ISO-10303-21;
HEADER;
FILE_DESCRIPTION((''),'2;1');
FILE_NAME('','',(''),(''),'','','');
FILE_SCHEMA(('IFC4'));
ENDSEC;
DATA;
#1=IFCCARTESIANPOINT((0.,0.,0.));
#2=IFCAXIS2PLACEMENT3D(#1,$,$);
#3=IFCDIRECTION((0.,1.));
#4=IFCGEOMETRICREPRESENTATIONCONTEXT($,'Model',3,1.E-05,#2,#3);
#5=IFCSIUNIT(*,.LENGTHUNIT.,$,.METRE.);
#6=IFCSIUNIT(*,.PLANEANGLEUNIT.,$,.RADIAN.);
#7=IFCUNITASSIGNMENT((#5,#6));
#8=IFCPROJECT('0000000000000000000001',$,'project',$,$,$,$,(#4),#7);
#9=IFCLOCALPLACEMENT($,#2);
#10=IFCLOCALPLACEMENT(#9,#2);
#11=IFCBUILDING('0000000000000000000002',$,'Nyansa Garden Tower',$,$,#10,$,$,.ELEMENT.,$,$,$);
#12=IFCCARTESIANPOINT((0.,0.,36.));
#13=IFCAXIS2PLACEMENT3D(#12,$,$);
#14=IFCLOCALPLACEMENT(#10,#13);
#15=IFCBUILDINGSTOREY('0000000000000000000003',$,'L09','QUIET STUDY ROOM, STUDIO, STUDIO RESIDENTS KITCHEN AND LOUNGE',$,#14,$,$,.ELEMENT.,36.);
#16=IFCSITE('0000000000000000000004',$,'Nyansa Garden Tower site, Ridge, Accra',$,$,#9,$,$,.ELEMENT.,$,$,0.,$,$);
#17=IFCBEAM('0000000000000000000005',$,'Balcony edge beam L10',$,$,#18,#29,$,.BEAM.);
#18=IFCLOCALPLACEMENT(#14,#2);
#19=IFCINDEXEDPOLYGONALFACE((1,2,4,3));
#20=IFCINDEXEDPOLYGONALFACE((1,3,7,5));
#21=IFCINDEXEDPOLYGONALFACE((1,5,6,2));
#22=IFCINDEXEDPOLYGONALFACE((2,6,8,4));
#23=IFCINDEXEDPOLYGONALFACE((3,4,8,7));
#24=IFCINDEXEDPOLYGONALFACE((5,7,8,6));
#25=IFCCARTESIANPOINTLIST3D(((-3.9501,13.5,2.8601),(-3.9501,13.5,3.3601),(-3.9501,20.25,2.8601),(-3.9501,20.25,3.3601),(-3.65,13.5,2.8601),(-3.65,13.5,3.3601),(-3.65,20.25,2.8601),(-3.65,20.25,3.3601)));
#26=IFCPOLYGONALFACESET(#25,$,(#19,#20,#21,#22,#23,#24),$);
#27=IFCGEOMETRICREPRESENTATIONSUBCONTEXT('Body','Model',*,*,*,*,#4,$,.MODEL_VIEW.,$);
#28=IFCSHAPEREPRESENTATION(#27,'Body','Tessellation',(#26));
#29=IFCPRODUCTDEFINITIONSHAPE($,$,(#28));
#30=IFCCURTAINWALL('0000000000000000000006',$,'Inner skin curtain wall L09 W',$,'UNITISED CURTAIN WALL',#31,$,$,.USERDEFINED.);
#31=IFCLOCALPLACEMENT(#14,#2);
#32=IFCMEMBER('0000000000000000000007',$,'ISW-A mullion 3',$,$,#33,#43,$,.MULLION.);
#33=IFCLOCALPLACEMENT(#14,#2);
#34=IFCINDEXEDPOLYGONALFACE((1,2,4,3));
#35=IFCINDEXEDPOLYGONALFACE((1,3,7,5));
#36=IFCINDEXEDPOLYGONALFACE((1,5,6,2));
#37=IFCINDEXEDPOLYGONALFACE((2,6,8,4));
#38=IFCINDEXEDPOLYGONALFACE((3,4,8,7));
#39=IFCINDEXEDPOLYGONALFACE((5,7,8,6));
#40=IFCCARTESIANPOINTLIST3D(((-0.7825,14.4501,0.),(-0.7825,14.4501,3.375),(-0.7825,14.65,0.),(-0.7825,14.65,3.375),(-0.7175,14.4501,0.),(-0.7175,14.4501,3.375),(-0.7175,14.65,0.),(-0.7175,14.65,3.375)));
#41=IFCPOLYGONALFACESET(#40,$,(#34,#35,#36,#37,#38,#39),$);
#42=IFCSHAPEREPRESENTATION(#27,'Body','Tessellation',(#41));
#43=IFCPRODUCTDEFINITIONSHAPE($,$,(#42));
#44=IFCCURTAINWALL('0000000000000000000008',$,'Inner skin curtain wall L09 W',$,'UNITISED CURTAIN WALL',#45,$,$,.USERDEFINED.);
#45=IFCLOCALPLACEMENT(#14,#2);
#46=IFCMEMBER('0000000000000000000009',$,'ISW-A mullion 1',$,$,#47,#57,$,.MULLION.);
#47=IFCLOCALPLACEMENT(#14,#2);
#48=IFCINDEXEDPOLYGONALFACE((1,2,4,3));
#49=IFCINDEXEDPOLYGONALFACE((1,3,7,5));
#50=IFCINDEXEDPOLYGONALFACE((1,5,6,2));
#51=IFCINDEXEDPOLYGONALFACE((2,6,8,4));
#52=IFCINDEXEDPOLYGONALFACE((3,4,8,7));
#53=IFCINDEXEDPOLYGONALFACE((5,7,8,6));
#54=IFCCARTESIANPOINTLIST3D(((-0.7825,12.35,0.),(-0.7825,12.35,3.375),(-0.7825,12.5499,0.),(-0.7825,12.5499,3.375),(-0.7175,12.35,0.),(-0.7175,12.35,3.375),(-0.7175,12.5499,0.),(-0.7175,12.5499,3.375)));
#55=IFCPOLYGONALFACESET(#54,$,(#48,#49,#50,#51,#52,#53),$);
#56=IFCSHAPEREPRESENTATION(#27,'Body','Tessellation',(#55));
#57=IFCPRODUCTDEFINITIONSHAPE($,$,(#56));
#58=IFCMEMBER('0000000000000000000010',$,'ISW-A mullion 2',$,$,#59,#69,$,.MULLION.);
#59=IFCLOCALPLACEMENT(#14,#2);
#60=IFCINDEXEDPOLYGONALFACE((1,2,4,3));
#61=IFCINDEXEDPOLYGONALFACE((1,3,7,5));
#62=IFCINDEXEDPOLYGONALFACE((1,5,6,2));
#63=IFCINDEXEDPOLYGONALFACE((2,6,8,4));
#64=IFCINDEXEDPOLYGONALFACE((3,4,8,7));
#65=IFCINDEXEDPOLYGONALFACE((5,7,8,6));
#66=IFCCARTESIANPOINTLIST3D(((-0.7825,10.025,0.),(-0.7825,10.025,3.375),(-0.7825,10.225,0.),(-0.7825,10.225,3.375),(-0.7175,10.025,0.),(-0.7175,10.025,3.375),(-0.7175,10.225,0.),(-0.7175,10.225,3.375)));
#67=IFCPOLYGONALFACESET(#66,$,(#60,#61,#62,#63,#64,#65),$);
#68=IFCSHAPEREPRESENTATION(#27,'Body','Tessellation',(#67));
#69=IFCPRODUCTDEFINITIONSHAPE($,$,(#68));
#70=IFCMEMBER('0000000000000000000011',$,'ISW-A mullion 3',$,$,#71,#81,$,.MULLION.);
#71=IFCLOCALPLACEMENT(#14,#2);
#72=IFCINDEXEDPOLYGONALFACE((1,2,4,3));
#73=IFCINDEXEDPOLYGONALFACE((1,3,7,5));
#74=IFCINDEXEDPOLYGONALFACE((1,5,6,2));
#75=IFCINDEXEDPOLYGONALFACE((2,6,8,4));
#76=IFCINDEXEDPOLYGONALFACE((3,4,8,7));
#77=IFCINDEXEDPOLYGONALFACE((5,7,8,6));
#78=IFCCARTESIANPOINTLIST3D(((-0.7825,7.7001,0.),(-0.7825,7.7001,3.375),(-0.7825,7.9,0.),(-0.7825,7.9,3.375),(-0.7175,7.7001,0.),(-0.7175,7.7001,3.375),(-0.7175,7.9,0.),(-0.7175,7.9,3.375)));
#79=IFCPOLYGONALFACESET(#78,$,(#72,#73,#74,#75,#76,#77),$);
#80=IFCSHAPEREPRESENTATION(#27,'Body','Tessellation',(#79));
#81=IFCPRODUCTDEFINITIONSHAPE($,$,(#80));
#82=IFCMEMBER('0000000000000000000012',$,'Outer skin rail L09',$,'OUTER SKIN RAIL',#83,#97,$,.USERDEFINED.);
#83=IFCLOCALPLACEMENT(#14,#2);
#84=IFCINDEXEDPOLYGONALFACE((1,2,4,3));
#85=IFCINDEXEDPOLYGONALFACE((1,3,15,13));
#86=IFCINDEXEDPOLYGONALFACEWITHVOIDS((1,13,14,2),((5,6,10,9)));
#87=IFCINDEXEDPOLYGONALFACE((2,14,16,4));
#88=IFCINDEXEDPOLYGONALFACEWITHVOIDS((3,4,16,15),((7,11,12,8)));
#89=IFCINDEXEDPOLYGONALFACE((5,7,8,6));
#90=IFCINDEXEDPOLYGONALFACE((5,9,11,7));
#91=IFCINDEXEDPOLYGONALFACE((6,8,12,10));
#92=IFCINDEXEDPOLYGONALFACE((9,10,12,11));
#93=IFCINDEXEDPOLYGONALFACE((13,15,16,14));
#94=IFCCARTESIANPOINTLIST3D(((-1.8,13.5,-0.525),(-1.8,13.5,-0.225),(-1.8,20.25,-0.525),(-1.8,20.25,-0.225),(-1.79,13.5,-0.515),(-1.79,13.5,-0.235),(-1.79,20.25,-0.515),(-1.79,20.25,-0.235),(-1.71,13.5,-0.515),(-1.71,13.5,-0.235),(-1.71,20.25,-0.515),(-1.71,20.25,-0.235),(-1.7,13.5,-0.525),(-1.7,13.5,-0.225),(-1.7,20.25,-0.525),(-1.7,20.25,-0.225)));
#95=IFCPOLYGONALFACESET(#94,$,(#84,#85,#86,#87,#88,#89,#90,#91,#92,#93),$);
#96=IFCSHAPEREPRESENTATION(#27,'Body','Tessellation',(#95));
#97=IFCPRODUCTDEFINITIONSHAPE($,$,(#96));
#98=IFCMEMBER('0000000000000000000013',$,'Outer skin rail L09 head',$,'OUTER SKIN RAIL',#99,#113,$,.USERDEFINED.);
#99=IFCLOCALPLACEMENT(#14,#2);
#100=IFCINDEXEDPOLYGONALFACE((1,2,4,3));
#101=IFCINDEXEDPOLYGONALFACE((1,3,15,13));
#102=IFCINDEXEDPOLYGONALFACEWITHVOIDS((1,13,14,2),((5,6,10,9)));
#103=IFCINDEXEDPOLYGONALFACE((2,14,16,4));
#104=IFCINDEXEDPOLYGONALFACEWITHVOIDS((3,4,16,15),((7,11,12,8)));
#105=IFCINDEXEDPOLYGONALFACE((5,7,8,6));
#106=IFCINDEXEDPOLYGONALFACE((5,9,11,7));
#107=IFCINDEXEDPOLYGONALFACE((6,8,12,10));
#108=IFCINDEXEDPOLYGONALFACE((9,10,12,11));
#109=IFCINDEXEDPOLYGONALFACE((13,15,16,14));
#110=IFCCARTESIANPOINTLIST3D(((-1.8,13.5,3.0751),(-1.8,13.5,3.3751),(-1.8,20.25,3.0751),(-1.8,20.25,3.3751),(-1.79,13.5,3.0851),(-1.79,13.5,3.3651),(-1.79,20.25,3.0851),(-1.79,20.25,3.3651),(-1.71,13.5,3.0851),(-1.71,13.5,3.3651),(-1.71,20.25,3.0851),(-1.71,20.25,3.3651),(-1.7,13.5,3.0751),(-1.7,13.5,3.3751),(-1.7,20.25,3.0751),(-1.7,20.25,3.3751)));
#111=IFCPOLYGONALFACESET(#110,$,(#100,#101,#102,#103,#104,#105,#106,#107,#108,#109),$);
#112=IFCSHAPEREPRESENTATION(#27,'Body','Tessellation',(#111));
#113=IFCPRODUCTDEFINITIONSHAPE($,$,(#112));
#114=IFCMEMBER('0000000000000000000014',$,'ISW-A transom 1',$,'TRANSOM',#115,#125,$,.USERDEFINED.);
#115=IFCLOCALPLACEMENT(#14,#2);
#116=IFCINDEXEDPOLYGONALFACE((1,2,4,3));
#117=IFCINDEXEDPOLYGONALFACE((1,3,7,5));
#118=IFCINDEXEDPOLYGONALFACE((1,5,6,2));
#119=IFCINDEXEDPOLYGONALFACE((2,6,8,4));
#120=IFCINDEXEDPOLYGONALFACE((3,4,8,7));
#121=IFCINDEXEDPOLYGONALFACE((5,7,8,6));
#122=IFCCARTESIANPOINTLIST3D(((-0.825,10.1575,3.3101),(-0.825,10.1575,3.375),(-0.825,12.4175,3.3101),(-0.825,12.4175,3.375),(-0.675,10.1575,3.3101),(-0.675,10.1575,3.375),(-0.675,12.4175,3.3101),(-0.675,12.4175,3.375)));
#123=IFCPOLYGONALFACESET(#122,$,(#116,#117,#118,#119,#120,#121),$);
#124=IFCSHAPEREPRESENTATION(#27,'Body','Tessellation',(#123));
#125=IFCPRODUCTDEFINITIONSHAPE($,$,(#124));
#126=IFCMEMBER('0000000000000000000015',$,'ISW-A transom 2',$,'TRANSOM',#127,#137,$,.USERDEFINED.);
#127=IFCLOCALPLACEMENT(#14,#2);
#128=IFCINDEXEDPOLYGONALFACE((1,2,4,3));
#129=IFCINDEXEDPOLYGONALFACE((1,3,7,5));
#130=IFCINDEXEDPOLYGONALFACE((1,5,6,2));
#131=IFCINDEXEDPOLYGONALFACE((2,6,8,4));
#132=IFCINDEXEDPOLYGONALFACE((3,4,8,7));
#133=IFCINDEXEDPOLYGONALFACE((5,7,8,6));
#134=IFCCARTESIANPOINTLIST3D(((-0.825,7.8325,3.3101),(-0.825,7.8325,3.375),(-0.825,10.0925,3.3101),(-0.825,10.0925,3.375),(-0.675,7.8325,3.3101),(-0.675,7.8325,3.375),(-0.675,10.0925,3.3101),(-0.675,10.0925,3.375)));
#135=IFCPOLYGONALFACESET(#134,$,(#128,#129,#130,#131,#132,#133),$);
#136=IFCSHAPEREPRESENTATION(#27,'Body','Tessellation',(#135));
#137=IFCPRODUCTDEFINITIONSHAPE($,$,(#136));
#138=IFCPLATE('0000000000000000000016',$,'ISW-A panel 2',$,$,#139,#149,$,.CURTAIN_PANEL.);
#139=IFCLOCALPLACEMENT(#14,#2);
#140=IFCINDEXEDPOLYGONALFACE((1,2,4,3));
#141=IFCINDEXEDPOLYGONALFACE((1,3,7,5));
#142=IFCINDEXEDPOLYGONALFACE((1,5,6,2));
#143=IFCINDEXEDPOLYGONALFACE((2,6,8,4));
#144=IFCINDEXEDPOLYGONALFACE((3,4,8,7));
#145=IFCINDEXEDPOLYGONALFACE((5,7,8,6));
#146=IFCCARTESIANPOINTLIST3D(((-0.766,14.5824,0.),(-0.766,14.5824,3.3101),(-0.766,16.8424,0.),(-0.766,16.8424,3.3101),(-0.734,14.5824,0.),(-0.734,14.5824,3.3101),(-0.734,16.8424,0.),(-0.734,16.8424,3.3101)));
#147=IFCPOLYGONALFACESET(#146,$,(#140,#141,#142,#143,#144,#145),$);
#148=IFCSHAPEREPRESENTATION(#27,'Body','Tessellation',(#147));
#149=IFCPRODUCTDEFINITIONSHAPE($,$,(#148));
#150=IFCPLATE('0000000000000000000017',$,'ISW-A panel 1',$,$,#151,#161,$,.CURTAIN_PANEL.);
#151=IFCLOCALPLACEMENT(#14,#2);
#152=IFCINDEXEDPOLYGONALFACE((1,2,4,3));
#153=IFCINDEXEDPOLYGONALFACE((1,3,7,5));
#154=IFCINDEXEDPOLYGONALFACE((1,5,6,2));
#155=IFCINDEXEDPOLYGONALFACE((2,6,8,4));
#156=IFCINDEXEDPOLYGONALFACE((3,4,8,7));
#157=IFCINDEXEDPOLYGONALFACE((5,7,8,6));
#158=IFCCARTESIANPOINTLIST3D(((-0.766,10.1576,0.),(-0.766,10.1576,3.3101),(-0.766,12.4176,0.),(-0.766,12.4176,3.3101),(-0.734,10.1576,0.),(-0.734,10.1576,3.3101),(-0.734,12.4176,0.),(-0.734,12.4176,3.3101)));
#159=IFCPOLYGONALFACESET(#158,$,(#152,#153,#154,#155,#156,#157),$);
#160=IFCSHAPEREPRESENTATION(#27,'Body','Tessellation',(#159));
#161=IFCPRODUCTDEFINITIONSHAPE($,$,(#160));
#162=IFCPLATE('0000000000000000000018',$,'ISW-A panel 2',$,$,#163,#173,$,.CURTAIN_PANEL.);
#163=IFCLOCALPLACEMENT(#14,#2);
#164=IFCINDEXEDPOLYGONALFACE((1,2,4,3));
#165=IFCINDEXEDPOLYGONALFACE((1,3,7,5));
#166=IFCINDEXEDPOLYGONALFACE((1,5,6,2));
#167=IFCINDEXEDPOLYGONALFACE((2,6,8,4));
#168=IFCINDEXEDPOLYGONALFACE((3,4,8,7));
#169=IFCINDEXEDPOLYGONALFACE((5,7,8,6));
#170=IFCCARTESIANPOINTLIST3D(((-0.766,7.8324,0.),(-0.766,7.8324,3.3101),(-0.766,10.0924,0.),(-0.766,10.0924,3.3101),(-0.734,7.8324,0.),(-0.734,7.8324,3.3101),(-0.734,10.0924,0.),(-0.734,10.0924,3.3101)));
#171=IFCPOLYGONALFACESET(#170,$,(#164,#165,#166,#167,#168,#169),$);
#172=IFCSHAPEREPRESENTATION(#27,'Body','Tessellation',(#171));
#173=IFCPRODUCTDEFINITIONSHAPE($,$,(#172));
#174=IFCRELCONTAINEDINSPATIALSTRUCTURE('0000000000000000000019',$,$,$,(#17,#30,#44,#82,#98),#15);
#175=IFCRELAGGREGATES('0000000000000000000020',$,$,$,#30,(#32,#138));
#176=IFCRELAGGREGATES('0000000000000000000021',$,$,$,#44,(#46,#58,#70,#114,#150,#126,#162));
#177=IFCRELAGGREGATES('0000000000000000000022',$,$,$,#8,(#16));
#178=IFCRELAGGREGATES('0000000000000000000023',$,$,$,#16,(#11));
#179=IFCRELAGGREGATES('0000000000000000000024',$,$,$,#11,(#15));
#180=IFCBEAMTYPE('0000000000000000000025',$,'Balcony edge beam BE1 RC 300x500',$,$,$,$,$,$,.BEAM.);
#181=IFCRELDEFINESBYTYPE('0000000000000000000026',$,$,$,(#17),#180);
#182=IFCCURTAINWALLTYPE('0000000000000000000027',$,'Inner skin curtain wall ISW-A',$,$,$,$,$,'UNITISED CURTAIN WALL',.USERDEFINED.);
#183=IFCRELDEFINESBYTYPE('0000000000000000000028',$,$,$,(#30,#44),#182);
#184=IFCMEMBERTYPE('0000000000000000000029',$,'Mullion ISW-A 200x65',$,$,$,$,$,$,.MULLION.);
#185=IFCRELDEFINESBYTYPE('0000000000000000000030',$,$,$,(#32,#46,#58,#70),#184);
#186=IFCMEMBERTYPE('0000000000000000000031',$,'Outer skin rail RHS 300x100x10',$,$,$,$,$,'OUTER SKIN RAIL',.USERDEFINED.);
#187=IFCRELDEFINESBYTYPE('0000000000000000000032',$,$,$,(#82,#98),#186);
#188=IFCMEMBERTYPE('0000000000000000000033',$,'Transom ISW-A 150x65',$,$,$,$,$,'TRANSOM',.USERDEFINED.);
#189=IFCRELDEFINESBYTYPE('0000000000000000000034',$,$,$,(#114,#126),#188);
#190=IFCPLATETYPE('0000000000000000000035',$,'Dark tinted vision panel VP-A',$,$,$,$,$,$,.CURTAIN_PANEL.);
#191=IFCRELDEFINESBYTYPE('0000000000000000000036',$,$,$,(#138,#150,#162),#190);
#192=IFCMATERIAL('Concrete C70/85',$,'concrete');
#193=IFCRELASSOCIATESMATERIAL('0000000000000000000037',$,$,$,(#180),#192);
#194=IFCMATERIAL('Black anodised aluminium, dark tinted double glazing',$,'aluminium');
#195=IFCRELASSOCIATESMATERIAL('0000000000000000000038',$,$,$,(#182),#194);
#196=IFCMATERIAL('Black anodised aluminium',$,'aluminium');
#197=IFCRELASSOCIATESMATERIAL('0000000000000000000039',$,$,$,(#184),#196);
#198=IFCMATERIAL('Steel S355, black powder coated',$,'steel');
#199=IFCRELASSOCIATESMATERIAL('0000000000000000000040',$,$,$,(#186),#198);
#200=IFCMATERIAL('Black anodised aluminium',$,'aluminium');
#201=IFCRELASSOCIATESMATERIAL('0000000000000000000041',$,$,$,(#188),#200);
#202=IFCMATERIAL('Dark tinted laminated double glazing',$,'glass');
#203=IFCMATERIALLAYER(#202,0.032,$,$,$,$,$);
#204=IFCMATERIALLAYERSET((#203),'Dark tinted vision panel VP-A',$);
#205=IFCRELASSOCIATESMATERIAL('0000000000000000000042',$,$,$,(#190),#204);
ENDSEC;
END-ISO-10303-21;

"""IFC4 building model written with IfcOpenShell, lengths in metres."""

from ifc_helpers import new_model, si_unit, direction, frame, origin, origin_2d, place, context, subcontext, project, spatial, rectangle, hollow_rectangle, extrude, material, layer, layer_set, material_profile, profile_set, type_object, element, aggregate, save


model = new_model("IFC4")

# Units and contexts
model_context = context("Model", 3, precision=1e-05, world=origin(), true_north=direction((0.0, 1.0)))
body_context = subcontext(model_context, "Body", "Model", "MODEL_VIEW")
ifc_project = project(units=[si_unit("LENGTHUNIT", "METRE"), si_unit("PLANEANGLEUNIT", "RADIAN")], contexts=[model_context])

# Site, building, storey
site_placement = place(None, origin())
site = spatial("IfcSite", under=ifc_project, at=site_placement, Name="Nyansa Garden Tower site, Ridge, Accra", CompositionType="ELEMENT", RefElevation=0.0)
building_placement = place(site_placement, origin())
building = spatial("IfcBuilding", under=site, at=building_placement, Name="Nyansa Garden Tower", CompositionType="ELEMENT")
storey_placement = place(building_placement, frame((0.0, 0.0, 36.0)))
storey = spatial("IfcBuildingStorey", under=building, at=storey_placement, Name="L09", Description="QUIET STUDY ROOM, STUDIO, STUDIO RESIDENTS KITCHEN AND LOUNGE", CompositionType="ELEMENT", Elevation=36.0)

# Beam
ifc_material_1 = material(Name="Concrete C70/85", Category="concrete")
ifc_material_profile_1 = material_profile(ifc_material_1, rectangle(XDim=0.3, YDim=0.5, at=origin_2d()), Name="RC 300x500")
ifc_profile_set_1 = profile_set([ifc_material_profile_1], Name="Concrete C70/85")
beam_type = type_object("IfcBeamType", Name="Balcony edge beam BE1 RC 300x500", PredefinedType="BEAM", material=ifc_profile_set_1)
beam_placement = place(storey_placement, frame((-3.8, 13.5, 3.1101), z_axis=(0.0, 1.0, 0.0), x_axis=(-1.0, 0.0, 0.0)))
element("IfcBeam", 1, at=beam_placement, inside=storey, type_object=beam_type, Name="Balcony edge beam L10", PredefinedType="BEAM", context=body_context, shape_type="SweptSolid", body=[
    extrude(rectangle(XDim=0.3, YDim=0.5, at=origin_2d()), origin(), (0.0, 0.0, 1.0), 6.75),
])

# Curtain wall, member
ifc_material_2 = material(Name="Black anodised aluminium, dark tinted double glazing", Category="aluminium")
curtain_wall_type = type_object("IfcCurtainWallType", Name="Inner skin curtain wall ISW-A", ElementType="UNITISED CURTAIN WALL", PredefinedType="USERDEFINED", material=ifc_material_2)
curtain_wall_1_placement = place(storey_placement, origin())
curtain_wall_1 = element("IfcCurtainWall", 2, at=curtain_wall_1_placement, inside=storey, type_object=curtain_wall_type, Name="Inner skin curtain wall L09 W", ObjectType="UNITISED CURTAIN WALL", PredefinedType="USERDEFINED")
ifc_material_3 = material(Name="Black anodised aluminium", Category="aluminium")
ifc_material_profile_2 = material_profile(ifc_material_3, rectangle(XDim=0.0649, YDim=0.2, at=origin_2d()), Name="Mullion 200x65")
ifc_profile_set_2 = profile_set([ifc_material_profile_2], Name="Black anodised aluminium")
member_type_1 = type_object("IfcMemberType", Name="Mullion ISW-A 200x65", PredefinedType="MULLION", material=ifc_profile_set_2)
member_1_placement = place(storey_placement, frame((-0.75, 14.55, 0.0), z_axis=(0.0, 0.0, 1.0), x_axis=(1.0, 0.0, 0.0)))
member_1 = element("IfcMember", 3, at=member_1_placement, type_object=member_type_1, Name="ISW-A mullion 3", PredefinedType="MULLION", context=body_context, shape_type="SweptSolid", body=[
    extrude(rectangle(XDim=0.0649, YDim=0.2, at=origin_2d()), origin(), (0.0, 0.0, 1.0), 3.375),
])

# Curtain wall, members
curtain_wall_2_placement = place(storey_placement, origin())
curtain_wall_2 = element("IfcCurtainWall", 4, at=curtain_wall_2_placement, inside=storey, type_object=curtain_wall_type, Name="Inner skin curtain wall L09 W", ObjectType="UNITISED CURTAIN WALL", PredefinedType="USERDEFINED")
member_2_placement = place(storey_placement, frame((-0.75, 12.45, 0.0), z_axis=(0.0, 0.0, 1.0), x_axis=(1.0, 0.0, 0.0)))
member_2 = element("IfcMember", 5, at=member_2_placement, type_object=member_type_1, Name="ISW-A mullion 1", PredefinedType="MULLION", context=body_context, shape_type="SweptSolid", body=[
    extrude(rectangle(XDim=0.0649, YDim=0.2, at=origin_2d()), origin(), (0.0, 0.0, 1.0), 3.375),
])
member_3_placement = place(storey_placement, frame((-0.75, 10.125, 0.0), z_axis=(0.0, 0.0, 1.0), x_axis=(1.0, 0.0, 0.0)))
member_3 = element("IfcMember", 6, at=member_3_placement, type_object=member_type_1, Name="ISW-A mullion 2", PredefinedType="MULLION", context=body_context, shape_type="SweptSolid", body=[
    extrude(rectangle(XDim=0.0649, YDim=0.2, at=origin_2d()), origin(), (0.0, 0.0, 1.0), 3.375),
])
member_4_placement = place(storey_placement, frame((-0.75, 7.8, 0.0), z_axis=(0.0, 0.0, 1.0), x_axis=(1.0, 0.0, 0.0)))
member_4 = element("IfcMember", 7, at=member_4_placement, type_object=member_type_1, Name="ISW-A mullion 3", PredefinedType="MULLION", context=body_context, shape_type="SweptSolid", body=[
    extrude(rectangle(XDim=0.0649, YDim=0.2, at=origin_2d()), origin(), (0.0, 0.0, 1.0), 3.375),
])

# Members
ifc_material_4 = material(Name="Steel S355, black powder coated", Category="steel")
ifc_material_profile_3 = material_profile(ifc_material_4, hollow_rectangle(XDim=0.1001, YDim=0.3, WallThickness=0.01, at=origin_2d()), Name="RHS 300x100x10")
ifc_profile_set_3 = profile_set([ifc_material_profile_3], Name="Steel S355, black powder coated")
member_type_2 = type_object("IfcMemberType", Name="Outer skin rail RHS 300x100x10", ElementType="OUTER SKIN RAIL", PredefinedType="USERDEFINED", material=ifc_profile_set_3)
for number, where, z_axis, x_axis, name in (
    (8, (-1.75, 13.5, -0.375), (0.0, 1.0, 0.0), (-1.0, 0.0, 0.0), "Outer skin rail L09"),
    (9, (-1.75, 13.5, 3.2251), (0.0, 1.0, 0.0), (-1.0, 0.0, 0.0), "Outer skin rail L09 head"),
):
    element("IfcMember", number, at=place(storey_placement, frame(where, z_axis=z_axis, x_axis=x_axis)), inside=storey, type_object=member_type_2, Name=name, ObjectType="OUTER SKIN RAIL", PredefinedType="USERDEFINED", context=body_context, shape_type="SweptSolid", body=[
        extrude(hollow_rectangle(XDim=0.1001, YDim=0.3, WallThickness=0.01, at=origin_2d()), origin(), (0.0, 0.0, 1.0), 6.75),
    ])

# Members
ifc_material_5 = material(Name="Black anodised aluminium", Category="aluminium")
ifc_material_profile_4 = material_profile(ifc_material_5, rectangle(XDim=0.1499, YDim=0.0649, at=origin_2d()), Name="Transom 150x65")
ifc_profile_set_4 = profile_set([ifc_material_profile_4], Name="Black anodised aluminium")
member_type_3 = type_object("IfcMemberType", Name="Transom ISW-A 150x65", ElementType="TRANSOM", PredefinedType="USERDEFINED", material=ifc_profile_set_4)
member_5_placement = place(storey_placement, frame((-0.75, 12.4175, 3.3425), z_axis=(0.0, -1.0, 0.0), x_axis=(1.0, 0.0, 0.0)))
member_5 = element("IfcMember", 10, at=member_5_placement, type_object=member_type_3, Name="ISW-A transom 1", ObjectType="TRANSOM", PredefinedType="USERDEFINED", context=body_context, shape_type="SweptSolid", body=[
    extrude(rectangle(XDim=0.1499, YDim=0.0649, at=origin_2d()), origin(), (0.0, 0.0, 1.0), 2.26),
])
member_6_placement = place(storey_placement, frame((-0.75, 10.0925, 3.3425), z_axis=(0.0, -1.0, 0.0), x_axis=(1.0, 0.0, 0.0)))
member_6 = element("IfcMember", 11, at=member_6_placement, type_object=member_type_3, Name="ISW-A transom 2", ObjectType="TRANSOM", PredefinedType="USERDEFINED", context=body_context, shape_type="SweptSolid", body=[
    extrude(rectangle(XDim=0.1499, YDim=0.0649, at=origin_2d()), origin(), (0.0, 0.0, 1.0), 2.26),
])

# Plates
ifc_material_6 = material(Name="Dark tinted laminated double glazing", Category="glass")
ifc_layer_1 = layer(ifc_material_6, 0.032)
ifc_layer_set_1 = layer_set([ifc_layer_1], Name="Dark tinted vision panel VP-A")
plate_type = type_object("IfcPlateType", Name="Dark tinted vision panel VP-A", PredefinedType="CURTAIN_PANEL", material=ifc_layer_set_1)
plate_1_placement = place(storey_placement, frame((-0.75, 15.7124, 0.0), z_axis=(0.0, 0.0, 1.0), x_axis=(0.0, -1.0, 0.0)))
plate_1 = element("IfcPlate", 12, at=plate_1_placement, type_object=plate_type, Name="ISW-A panel 2", PredefinedType="CURTAIN_PANEL", context=body_context, shape_type="SweptSolid", body=[
    extrude(rectangle(XDim=2.26, YDim=0.032, at=origin_2d()), origin(), (0.0, 0.0, 1.0), 3.3101),
])
aggregate(curtain_wall_1, [member_1, plate_1])
plate_2_placement = place(storey_placement, frame((-0.75, 11.2876, 0.0), z_axis=(0.0, 0.0, 1.0), x_axis=(0.0, -1.0, 0.0)))
plate_2 = element("IfcPlate", 13, at=plate_2_placement, type_object=plate_type, Name="ISW-A panel 1", PredefinedType="CURTAIN_PANEL", context=body_context, shape_type="SweptSolid", body=[
    extrude(rectangle(XDim=2.26, YDim=0.032, at=origin_2d()), origin(), (0.0, 0.0, 1.0), 3.3101),
])
plate_3_placement = place(storey_placement, frame((-0.75, 8.9624, 0.0), z_axis=(0.0, 0.0, 1.0), x_axis=(0.0, -1.0, 0.0)))
plate_3 = element("IfcPlate", 14, at=plate_3_placement, type_object=plate_type, Name="ISW-A panel 2", PredefinedType="CURTAIN_PANEL", context=body_context, shape_type="SweptSolid", body=[
    extrude(rectangle(XDim=2.26, YDim=0.032, at=origin_2d()), origin(), (0.0, 0.0, 1.0), 3.3101),
])
aggregate(curtain_wall_2, [member_2, member_3, member_4, member_5, plate_2, member_6, plate_3])

save(model, "model.ifc")
